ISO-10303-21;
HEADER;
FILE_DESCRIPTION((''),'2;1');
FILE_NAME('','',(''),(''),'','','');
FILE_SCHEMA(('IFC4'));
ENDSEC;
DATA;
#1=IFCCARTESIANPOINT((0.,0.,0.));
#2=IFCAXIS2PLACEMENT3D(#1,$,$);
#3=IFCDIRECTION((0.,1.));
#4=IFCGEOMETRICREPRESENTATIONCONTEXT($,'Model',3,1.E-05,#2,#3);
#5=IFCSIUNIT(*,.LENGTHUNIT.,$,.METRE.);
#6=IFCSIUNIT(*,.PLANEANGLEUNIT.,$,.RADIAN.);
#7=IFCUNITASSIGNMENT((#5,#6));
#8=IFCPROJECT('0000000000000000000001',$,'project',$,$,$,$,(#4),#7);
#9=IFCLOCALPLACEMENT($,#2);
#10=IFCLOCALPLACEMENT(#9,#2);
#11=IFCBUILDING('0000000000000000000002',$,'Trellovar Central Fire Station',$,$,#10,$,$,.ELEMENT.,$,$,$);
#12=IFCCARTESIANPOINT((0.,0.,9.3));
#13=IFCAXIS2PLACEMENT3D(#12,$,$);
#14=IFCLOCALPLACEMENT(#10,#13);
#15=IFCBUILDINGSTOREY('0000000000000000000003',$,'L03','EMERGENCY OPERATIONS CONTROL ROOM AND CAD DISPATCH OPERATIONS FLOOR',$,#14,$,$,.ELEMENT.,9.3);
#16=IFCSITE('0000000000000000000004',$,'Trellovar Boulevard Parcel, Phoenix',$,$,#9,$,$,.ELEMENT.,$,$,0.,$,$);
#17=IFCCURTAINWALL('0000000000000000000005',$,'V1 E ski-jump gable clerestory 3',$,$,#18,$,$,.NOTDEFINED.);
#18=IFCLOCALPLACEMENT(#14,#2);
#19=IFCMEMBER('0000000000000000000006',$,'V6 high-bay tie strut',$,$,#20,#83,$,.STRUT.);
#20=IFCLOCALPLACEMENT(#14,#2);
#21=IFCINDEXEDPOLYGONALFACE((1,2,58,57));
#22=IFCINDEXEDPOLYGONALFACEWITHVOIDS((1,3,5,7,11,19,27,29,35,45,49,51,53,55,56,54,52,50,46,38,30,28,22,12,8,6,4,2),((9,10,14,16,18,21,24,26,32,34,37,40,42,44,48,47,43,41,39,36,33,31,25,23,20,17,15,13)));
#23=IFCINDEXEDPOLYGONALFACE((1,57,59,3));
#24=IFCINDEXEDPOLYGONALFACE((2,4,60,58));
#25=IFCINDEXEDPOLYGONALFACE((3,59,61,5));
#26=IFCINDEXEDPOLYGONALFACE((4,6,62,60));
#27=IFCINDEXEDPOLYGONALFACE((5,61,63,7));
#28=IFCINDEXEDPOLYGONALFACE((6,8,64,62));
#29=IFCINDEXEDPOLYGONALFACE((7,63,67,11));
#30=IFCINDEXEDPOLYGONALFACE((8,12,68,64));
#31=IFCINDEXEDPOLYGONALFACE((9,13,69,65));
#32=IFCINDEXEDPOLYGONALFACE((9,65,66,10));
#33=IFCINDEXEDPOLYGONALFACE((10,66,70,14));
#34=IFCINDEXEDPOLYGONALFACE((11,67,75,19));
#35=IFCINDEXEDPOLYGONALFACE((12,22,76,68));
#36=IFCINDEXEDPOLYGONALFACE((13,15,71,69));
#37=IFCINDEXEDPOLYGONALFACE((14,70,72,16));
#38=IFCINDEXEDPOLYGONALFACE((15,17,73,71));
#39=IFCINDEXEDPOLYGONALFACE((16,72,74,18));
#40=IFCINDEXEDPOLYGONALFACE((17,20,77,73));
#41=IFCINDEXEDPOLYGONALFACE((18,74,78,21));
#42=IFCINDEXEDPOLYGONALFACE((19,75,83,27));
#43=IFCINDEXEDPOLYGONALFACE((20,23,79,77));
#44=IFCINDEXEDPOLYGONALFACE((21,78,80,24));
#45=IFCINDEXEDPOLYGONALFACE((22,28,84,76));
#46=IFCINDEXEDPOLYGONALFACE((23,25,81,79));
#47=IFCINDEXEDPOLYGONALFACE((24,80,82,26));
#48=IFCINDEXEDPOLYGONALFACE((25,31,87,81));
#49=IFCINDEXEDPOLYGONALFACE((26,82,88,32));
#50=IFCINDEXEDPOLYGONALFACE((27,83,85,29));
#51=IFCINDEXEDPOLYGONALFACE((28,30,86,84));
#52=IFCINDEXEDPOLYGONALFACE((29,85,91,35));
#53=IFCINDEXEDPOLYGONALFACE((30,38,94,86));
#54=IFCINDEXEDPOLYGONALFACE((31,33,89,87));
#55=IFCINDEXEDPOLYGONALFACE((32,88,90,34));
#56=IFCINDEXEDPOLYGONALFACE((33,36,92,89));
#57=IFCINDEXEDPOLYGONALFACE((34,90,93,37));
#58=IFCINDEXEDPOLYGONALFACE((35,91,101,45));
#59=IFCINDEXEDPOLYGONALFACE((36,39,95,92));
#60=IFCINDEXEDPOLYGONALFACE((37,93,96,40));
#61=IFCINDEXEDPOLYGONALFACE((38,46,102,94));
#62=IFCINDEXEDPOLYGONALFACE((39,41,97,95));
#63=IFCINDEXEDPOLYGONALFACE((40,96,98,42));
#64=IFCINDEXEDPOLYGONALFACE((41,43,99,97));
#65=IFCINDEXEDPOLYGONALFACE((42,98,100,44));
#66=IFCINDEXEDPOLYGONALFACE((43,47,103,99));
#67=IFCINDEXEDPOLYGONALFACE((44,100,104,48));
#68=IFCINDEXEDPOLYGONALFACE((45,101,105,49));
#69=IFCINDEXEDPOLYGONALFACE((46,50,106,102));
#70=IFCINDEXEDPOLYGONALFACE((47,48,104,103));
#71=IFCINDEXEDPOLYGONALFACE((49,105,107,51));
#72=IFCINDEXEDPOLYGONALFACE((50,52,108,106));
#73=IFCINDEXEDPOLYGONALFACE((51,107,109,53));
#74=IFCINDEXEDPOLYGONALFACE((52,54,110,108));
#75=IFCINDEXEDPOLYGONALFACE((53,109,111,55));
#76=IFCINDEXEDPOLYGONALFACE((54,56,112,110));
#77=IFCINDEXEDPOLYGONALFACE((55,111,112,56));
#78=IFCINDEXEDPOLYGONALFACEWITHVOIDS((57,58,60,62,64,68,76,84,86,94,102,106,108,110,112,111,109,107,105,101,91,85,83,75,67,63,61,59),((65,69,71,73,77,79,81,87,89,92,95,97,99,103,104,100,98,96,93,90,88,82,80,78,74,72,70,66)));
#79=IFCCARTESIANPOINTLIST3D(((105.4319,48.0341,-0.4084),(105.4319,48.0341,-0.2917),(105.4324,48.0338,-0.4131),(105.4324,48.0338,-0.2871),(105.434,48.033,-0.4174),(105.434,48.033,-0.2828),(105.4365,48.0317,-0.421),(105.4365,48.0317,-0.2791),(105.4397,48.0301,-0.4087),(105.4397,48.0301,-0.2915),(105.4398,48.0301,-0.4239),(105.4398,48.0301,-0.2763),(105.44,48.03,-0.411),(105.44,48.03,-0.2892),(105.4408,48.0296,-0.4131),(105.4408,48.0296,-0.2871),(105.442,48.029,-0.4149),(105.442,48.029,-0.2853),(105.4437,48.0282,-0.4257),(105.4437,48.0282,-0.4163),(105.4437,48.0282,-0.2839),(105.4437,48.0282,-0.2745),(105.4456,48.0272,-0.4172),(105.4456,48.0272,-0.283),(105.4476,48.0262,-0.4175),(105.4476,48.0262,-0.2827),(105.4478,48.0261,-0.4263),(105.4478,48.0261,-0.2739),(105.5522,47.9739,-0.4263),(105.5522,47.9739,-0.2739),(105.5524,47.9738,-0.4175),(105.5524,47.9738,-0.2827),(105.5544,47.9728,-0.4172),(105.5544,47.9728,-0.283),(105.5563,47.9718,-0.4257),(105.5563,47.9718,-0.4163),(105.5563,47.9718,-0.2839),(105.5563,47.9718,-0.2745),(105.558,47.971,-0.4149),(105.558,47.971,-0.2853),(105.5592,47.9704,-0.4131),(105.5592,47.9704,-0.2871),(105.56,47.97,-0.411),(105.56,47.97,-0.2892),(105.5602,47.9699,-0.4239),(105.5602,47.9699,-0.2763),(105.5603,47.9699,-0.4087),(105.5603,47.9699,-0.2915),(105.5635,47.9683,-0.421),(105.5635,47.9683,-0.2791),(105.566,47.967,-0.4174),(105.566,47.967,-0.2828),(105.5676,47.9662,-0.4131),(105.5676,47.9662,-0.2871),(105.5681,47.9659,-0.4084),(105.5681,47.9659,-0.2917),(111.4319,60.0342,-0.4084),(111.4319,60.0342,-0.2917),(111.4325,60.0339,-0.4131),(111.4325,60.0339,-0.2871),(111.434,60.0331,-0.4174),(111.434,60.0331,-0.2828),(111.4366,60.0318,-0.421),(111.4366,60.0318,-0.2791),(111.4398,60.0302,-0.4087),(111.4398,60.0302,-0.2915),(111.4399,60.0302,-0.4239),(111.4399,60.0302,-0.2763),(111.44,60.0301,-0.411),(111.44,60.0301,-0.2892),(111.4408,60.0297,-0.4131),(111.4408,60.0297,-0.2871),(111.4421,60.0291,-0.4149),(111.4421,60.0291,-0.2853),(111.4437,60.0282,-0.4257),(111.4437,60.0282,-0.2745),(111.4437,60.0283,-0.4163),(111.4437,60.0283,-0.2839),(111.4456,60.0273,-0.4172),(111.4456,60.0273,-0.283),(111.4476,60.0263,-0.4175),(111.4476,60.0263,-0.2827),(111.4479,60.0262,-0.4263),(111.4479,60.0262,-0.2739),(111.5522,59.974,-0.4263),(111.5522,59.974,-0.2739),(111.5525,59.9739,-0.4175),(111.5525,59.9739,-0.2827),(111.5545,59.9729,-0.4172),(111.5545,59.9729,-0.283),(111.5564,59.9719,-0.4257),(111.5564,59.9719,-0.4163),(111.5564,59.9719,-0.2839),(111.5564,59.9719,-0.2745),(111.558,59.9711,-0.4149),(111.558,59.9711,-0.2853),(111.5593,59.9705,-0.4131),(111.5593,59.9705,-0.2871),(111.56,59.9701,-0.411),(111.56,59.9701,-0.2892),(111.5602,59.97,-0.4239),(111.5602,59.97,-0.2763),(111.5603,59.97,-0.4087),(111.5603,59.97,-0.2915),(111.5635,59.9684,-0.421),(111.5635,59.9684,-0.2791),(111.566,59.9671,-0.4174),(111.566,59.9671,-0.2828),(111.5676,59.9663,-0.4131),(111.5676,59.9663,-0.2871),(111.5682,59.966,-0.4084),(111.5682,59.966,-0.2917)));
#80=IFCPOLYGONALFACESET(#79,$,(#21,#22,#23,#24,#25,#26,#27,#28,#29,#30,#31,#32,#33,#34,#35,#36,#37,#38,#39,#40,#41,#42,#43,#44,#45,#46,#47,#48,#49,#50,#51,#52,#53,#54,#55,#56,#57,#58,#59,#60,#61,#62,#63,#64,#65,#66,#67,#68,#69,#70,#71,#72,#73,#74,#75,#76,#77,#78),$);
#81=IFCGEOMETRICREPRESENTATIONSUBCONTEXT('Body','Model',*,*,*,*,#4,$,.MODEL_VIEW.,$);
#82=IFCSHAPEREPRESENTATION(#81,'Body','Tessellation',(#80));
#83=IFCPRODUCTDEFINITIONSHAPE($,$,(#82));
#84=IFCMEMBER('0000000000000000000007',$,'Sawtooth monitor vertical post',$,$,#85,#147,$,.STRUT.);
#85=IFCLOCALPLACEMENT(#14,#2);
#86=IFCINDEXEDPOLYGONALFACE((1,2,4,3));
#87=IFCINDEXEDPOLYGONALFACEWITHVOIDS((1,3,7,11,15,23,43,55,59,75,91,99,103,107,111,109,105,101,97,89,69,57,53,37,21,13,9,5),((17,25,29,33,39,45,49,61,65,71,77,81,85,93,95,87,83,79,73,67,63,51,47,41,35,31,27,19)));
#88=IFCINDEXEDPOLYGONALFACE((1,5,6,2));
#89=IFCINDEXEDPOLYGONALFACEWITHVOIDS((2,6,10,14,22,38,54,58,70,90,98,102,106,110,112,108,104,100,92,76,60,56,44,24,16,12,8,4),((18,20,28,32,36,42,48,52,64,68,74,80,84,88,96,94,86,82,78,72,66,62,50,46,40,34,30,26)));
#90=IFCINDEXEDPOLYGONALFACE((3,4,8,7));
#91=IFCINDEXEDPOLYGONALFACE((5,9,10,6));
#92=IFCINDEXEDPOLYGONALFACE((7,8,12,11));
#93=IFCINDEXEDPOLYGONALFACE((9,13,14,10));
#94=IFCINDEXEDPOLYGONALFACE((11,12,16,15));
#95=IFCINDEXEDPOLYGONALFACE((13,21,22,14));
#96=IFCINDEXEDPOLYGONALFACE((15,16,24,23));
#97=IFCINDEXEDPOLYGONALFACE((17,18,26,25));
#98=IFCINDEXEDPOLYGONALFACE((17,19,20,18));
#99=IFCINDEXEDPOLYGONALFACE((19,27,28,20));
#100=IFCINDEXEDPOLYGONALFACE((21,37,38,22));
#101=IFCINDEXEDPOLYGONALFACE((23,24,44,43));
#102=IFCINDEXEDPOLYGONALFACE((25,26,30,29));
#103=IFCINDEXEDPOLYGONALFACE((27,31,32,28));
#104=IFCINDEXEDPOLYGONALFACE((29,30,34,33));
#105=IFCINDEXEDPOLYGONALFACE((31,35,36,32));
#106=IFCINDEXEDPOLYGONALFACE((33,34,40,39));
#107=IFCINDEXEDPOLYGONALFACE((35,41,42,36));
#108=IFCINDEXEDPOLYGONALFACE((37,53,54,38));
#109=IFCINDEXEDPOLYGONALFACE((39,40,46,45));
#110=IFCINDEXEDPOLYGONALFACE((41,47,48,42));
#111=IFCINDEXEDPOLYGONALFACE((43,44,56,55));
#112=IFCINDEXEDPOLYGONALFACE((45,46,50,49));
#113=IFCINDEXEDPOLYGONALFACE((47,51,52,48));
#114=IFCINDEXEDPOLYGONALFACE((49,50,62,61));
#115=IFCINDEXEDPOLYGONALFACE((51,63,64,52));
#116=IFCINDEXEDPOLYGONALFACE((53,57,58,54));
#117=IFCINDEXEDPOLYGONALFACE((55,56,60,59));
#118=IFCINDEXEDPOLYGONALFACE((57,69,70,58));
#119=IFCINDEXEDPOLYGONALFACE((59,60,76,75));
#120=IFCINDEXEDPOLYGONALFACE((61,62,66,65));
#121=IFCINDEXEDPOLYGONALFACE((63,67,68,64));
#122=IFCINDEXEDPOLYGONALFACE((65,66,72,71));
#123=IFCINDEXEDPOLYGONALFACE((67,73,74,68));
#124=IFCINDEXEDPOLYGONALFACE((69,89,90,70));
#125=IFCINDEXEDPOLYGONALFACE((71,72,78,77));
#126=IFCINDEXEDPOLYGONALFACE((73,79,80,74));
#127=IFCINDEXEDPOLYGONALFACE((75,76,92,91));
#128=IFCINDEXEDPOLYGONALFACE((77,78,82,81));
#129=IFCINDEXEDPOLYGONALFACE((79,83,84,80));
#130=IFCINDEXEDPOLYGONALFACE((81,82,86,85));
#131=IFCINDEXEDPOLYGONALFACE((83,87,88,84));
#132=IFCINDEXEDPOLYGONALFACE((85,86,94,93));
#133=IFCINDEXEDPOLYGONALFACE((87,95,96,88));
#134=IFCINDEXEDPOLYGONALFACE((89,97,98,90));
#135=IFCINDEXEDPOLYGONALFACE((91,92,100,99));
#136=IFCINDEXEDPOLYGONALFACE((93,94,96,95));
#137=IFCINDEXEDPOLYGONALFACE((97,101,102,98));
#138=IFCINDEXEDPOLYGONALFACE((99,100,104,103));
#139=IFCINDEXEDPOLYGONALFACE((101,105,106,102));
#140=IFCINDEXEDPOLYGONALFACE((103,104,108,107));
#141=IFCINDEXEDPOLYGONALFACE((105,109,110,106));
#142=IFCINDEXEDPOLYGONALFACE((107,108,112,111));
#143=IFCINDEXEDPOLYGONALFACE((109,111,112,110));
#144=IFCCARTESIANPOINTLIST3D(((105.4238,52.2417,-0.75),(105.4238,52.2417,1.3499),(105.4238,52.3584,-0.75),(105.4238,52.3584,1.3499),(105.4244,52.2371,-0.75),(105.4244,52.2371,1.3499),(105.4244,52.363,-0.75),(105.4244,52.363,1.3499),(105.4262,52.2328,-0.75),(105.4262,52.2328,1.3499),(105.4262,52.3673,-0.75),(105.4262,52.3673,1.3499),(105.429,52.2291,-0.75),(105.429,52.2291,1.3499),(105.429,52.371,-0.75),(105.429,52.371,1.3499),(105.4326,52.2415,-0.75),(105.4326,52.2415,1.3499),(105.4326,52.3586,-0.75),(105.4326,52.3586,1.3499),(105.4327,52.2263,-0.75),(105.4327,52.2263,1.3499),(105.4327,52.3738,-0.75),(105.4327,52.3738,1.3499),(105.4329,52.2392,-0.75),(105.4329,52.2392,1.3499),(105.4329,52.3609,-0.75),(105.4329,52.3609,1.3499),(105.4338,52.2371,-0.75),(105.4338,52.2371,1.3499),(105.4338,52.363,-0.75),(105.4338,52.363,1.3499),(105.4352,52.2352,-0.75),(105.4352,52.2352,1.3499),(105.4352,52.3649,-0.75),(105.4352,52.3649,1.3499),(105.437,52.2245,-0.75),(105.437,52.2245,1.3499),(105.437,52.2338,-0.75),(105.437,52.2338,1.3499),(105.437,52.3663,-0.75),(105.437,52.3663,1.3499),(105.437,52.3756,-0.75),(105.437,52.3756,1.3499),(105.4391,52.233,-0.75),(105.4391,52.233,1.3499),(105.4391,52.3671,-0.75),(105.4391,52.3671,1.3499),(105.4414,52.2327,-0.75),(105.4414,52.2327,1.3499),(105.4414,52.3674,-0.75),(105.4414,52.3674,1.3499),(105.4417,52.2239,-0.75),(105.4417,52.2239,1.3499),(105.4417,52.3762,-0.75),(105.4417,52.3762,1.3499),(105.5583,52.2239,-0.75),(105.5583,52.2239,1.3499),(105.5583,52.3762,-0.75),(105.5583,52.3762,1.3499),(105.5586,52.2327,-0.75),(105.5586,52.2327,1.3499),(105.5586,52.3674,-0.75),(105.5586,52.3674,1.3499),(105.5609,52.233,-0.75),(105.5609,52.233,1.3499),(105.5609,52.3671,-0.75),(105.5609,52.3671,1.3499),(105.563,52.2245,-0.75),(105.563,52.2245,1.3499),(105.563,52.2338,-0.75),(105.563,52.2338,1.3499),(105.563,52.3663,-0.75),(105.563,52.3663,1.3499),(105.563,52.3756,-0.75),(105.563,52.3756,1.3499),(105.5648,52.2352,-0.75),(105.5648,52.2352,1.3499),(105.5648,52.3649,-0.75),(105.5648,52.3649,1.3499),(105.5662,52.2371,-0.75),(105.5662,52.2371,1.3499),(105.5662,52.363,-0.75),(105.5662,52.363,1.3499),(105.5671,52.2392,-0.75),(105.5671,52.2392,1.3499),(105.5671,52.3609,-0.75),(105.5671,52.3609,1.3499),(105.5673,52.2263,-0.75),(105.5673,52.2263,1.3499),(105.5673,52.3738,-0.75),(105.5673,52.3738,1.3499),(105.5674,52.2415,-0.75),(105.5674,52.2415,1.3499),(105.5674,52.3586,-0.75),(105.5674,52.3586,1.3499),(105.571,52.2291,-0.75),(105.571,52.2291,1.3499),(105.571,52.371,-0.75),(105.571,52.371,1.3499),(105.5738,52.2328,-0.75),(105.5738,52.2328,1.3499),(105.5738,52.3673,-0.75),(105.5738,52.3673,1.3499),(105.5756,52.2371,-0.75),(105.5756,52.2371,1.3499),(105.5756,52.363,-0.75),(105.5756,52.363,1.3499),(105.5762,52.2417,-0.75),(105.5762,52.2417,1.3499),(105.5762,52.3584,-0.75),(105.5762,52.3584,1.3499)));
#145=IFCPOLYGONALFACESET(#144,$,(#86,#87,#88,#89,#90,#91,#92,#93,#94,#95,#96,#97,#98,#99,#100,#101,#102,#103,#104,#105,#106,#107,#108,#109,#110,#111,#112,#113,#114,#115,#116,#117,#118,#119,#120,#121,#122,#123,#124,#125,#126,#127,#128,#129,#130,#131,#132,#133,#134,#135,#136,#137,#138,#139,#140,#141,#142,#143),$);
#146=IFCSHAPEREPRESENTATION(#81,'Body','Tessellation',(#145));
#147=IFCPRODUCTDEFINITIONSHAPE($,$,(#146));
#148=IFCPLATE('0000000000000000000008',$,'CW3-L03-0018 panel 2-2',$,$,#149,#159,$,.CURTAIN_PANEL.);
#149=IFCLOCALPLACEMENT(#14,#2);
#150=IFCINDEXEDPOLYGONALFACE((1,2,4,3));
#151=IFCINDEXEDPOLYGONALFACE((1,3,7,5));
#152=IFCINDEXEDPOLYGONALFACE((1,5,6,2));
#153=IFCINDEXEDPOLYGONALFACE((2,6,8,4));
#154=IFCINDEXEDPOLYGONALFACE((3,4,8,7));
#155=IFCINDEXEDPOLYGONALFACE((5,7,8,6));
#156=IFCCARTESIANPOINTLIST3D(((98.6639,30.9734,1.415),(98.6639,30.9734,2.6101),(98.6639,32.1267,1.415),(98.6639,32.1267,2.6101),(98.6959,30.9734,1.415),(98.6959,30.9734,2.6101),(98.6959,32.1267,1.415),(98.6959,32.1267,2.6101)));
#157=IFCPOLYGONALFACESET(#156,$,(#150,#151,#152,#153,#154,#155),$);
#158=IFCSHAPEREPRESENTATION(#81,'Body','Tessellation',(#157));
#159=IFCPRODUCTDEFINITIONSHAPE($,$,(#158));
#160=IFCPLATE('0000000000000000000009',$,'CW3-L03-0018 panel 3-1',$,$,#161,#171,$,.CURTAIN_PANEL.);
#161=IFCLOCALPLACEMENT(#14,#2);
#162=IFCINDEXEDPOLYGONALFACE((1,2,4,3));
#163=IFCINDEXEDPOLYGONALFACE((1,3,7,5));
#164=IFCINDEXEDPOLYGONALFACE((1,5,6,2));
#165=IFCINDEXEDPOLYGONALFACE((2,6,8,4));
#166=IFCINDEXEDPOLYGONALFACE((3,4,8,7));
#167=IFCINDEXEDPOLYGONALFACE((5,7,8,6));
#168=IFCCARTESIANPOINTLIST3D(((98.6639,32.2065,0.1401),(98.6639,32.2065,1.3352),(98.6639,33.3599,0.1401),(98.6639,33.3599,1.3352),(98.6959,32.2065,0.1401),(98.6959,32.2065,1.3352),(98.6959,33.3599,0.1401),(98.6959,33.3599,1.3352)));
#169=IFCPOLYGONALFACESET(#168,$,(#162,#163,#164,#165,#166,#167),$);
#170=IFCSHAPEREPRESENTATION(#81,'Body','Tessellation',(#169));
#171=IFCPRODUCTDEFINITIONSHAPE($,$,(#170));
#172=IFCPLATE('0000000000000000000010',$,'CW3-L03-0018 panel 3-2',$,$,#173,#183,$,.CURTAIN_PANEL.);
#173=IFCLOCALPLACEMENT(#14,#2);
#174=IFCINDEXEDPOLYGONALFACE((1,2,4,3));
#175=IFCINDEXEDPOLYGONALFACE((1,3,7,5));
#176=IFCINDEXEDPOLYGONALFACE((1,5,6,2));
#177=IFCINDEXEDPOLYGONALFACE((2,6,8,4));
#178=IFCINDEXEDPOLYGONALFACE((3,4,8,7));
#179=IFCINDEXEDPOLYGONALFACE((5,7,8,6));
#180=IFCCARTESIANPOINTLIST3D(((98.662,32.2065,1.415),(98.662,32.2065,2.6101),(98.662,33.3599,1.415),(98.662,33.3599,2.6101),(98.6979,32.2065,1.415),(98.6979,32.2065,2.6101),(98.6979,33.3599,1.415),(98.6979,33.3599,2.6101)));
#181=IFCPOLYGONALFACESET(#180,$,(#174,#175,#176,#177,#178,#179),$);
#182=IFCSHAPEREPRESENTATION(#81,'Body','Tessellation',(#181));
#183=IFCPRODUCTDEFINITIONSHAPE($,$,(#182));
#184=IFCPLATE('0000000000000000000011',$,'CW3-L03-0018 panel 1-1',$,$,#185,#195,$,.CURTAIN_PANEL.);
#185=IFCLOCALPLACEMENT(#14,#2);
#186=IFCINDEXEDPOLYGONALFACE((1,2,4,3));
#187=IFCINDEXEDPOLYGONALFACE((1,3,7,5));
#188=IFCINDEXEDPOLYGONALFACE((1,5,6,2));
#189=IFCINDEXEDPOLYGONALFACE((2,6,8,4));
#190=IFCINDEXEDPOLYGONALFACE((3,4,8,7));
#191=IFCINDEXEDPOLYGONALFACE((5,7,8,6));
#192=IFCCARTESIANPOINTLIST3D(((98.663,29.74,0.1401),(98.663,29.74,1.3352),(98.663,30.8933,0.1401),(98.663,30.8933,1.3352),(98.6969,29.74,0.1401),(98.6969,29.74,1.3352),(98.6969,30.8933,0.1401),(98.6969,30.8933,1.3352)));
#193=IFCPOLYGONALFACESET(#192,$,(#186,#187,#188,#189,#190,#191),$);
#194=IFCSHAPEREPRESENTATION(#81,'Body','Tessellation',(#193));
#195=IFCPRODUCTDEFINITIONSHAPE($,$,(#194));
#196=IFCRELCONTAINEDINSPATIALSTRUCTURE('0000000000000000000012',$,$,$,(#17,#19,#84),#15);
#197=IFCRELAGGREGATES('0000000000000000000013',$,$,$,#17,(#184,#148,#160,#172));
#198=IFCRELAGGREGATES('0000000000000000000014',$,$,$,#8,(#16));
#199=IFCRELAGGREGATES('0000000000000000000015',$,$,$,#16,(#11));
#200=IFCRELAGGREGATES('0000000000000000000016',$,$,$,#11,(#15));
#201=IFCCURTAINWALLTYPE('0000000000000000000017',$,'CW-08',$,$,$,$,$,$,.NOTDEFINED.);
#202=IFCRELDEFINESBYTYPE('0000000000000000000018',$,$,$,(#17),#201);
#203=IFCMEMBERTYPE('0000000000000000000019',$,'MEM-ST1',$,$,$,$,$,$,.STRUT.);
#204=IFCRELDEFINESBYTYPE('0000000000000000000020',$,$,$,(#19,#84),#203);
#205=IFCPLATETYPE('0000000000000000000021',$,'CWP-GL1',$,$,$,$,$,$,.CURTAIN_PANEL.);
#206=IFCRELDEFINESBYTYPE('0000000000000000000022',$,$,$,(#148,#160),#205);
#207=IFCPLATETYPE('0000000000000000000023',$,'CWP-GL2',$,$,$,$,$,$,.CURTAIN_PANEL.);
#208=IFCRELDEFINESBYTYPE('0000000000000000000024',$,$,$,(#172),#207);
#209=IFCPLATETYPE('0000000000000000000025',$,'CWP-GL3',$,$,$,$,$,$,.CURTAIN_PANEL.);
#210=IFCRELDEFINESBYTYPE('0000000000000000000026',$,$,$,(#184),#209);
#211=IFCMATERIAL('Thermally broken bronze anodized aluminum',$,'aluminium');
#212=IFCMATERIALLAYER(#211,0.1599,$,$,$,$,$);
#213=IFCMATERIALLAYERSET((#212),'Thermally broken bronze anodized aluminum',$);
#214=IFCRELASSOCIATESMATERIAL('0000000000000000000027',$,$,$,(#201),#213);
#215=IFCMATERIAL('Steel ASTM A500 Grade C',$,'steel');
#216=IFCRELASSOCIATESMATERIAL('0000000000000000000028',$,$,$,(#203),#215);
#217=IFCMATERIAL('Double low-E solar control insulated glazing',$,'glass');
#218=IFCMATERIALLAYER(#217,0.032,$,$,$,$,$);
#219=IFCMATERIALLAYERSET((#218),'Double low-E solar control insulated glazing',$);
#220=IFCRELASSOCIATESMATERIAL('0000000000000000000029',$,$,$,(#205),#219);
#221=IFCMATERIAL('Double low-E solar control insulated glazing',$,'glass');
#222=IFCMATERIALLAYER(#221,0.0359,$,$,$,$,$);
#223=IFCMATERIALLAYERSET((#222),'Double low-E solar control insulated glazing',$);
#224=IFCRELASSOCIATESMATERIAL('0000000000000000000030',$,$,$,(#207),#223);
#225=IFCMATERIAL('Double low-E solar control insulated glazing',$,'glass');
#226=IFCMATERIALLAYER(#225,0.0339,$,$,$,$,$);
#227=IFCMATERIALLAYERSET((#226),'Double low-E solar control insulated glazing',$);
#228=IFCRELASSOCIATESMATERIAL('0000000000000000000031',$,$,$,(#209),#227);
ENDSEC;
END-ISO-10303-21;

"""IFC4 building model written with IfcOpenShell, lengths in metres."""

from ifc_helpers import new_model, si_unit, direction, frame, origin, origin_2d, place, context, subcontext, project, spatial, rectangle, hollow_rectangle, extrude, material, layer, layer_set, material_profile, profile_set, type_object, element, aggregate, save


model = new_model("IFC4")

# Units and contexts
model_context = context("Model", 3, precision=1e-05, world=origin(), true_north=direction((0.0, 1.0)))
body_context = subcontext(model_context, "Body", "Model", "MODEL_VIEW")
ifc_project = project(units=[si_unit("LENGTHUNIT", "METRE"), si_unit("PLANEANGLEUNIT", "RADIAN")], contexts=[model_context])

# Site, building, storey
site_placement = place(None, origin())
site = spatial("IfcSite", under=ifc_project, at=site_placement, Name="Trellovar Boulevard Parcel, Phoenix", CompositionType="ELEMENT", RefElevation=0.0)
building_placement = place(site_placement, origin())
building = spatial("IfcBuilding", under=site, at=building_placement, Name="Trellovar Central Fire Station", CompositionType="ELEMENT")
storey_placement = place(building_placement, frame((0.0, 0.0, 9.3)))
storey = spatial("IfcBuildingStorey", under=building, at=storey_placement, Name="L03", Description="EMERGENCY OPERATIONS CONTROL ROOM AND CAD DISPATCH OPERATIONS FLOOR", CompositionType="ELEMENT", Elevation=9.3)

# Curtain wall
ifc_material_1 = material(Name="Thermally broken bronze anodized aluminum", Category="aluminium")
ifc_layer_1 = layer(ifc_material_1, 0.1599)
ifc_layer_set_1 = layer_set([ifc_layer_1], Name="Thermally broken bronze anodized aluminum")
curtain_wall_type = type_object("IfcCurtainWallType", Name="CW-08", PredefinedType="NOTDEFINED", material=ifc_layer_set_1)
curtain_wall_placement = place(storey_placement, origin())
curtain_wall = element("IfcCurtainWall", 1, at=curtain_wall_placement, inside=storey, type_object=curtain_wall_type, Name="V1 E ski-jump gable clerestory 3", PredefinedType="NOTDEFINED")

# Members
ifc_material_2 = material(Name="Steel ASTM A500 Grade C", Category="steel")
ifc_material_profile_1 = material_profile(ifc_material_2, hollow_rectangle(XDim=0.1523, YDim=0.1523, WallThickness=0.0088, InnerFilletRadius=0.0088, OuterFilletRadius=0.0178, at=origin_2d()), Name="HSS6X6X3/8")
ifc_profile_set_1 = profile_set([ifc_material_profile_1], Name="Steel ASTM A500 Grade C")
member_type_1 = type_object("IfcMemberType", Name="MEM-ST1", PredefinedType="STRUT", material=ifc_profile_set_1)
member_1_placement = place(storey_placement, frame((105.5, 48.0, -0.3501), z_axis=(0.447214, 0.894427, 0.0), x_axis=(-0.894427, 0.447214, 0.0)))
element("IfcMember", 2, at=member_1_placement, inside=storey, type_object=member_type_1, Name="V6 high-bay tie strut", PredefinedType="STRUT", context=body_context, shape_type="SweptSolid", body=[
    extrude(hollow_rectangle(XDim=0.1523, YDim=0.1523, WallThickness=0.0088, InnerFilletRadius=0.0088, OuterFilletRadius=0.0178, at=origin_2d()), origin(), (0.0, 0.0, 1.0), 13.4165),
])
member_2_placement = place(storey_placement, frame((105.5, 52.3, -0.75), z_axis=(0.0, 0.0, 1.0), x_axis=(1.0, 0.0, 0.0)))
element("IfcMember", 3, at=member_2_placement, inside=storey, type_object=member_type_1, Name="Sawtooth monitor vertical post", PredefinedType="STRUT", context=body_context, shape_type="SweptSolid", body=[
    extrude(hollow_rectangle(XDim=0.1523, YDim=0.1523, WallThickness=0.0088, InnerFilletRadius=0.0088, OuterFilletRadius=0.0178, at=origin_2d()), origin(), (0.0, 0.0, 1.0), 2.0999),
])

# Plates
ifc_material_3 = material(Name="Double low-E solar control insulated glazing", Category="glass")
ifc_layer_2 = layer(ifc_material_3, 0.032)
ifc_layer_set_2 = layer_set([ifc_layer_2], Name="Double low-E solar control insulated glazing")
plate_type_1 = type_object("IfcPlateType", Name="CWP-GL1", PredefinedType="CURTAIN_PANEL", material=ifc_layer_set_2)
plate_1_placement = place(storey_placement, frame((98.6799, 31.55, 1.415), z_axis=(0.0, 0.0, 1.0), x_axis=(0.0, 1.0, 0.0)))
plate_1 = element("IfcPlate", 4, at=plate_1_placement, type_object=plate_type_1, Name="CW3-L03-0018 panel 2-2", PredefinedType="CURTAIN_PANEL", context=body_context, shape_type="SweptSolid", body=[
    extrude(rectangle(XDim=1.1533, YDim=0.032, at=origin_2d()), origin(), (0.0, 0.0, 1.0), 1.1951),
])
plate_2_placement = place(storey_placement, frame((98.6799, 32.7832, 0.1401), z_axis=(0.0, 0.0, 1.0), x_axis=(0.0, 1.0, 0.0)))
plate_2 = element("IfcPlate", 5, at=plate_2_placement, type_object=plate_type_1, Name="CW3-L03-0018 panel 3-1", PredefinedType="CURTAIN_PANEL", context=body_context, shape_type="SweptSolid", body=[
    extrude(rectangle(XDim=1.1533, YDim=0.032, at=origin_2d()), origin(), (0.0, 0.0, 1.0), 1.1951),
])
ifc_material_4 = material(Name="Double low-E solar control insulated glazing", Category="glass")
ifc_layer_3 = layer(ifc_material_4, 0.0359)
ifc_layer_set_3 = layer_set([ifc_layer_3], Name="Double low-E solar control insulated glazing")
plate_type_2 = type_object("IfcPlateType", Name="CWP-GL2", PredefinedType="CURTAIN_PANEL", material=ifc_layer_set_3)
plate_3_placement = place(storey_placement, frame((98.6799, 32.7832, 1.415), z_axis=(0.0, 0.0, 1.0), x_axis=(0.0, 1.0, 0.0)))
plate_3 = element("IfcPlate", 6, at=plate_3_placement, type_object=plate_type_2, Name="CW3-L03-0018 panel 3-2", PredefinedType="CURTAIN_PANEL", context=body_context, shape_type="SweptSolid", body=[
    extrude(rectangle(XDim=1.1533, YDim=0.0359, at=origin_2d()), origin(), (0.0, 0.0, 1.0), 1.1951),
])
ifc_material_5 = material(Name="Double low-E solar control insulated glazing", Category="glass")
ifc_layer_4 = layer(ifc_material_5, 0.0339)
ifc_layer_set_4 = layer_set([ifc_layer_4], Name="Double low-E solar control insulated glazing")
plate_type_3 = type_object("IfcPlateType", Name="CWP-GL3", PredefinedType="CURTAIN_PANEL", material=ifc_layer_set_4)
plate_4_placement = place(storey_placement, frame((98.6799, 30.3167, 0.1401), z_axis=(0.0, 0.0, 1.0), x_axis=(0.0, 1.0, 0.0)))
plate_4 = element("IfcPlate", 7, at=plate_4_placement, type_object=plate_type_3, Name="CW3-L03-0018 panel 1-1", PredefinedType="CURTAIN_PANEL", context=body_context, shape_type="SweptSolid", body=[
    extrude(rectangle(XDim=1.1533, YDim=0.0339, at=origin_2d()), origin(), (0.0, 0.0, 1.0), 1.1951),
])
aggregate(curtain_wall, [plate_4, plate_1, plate_2, plate_3])

save(model, "model.ifc")
